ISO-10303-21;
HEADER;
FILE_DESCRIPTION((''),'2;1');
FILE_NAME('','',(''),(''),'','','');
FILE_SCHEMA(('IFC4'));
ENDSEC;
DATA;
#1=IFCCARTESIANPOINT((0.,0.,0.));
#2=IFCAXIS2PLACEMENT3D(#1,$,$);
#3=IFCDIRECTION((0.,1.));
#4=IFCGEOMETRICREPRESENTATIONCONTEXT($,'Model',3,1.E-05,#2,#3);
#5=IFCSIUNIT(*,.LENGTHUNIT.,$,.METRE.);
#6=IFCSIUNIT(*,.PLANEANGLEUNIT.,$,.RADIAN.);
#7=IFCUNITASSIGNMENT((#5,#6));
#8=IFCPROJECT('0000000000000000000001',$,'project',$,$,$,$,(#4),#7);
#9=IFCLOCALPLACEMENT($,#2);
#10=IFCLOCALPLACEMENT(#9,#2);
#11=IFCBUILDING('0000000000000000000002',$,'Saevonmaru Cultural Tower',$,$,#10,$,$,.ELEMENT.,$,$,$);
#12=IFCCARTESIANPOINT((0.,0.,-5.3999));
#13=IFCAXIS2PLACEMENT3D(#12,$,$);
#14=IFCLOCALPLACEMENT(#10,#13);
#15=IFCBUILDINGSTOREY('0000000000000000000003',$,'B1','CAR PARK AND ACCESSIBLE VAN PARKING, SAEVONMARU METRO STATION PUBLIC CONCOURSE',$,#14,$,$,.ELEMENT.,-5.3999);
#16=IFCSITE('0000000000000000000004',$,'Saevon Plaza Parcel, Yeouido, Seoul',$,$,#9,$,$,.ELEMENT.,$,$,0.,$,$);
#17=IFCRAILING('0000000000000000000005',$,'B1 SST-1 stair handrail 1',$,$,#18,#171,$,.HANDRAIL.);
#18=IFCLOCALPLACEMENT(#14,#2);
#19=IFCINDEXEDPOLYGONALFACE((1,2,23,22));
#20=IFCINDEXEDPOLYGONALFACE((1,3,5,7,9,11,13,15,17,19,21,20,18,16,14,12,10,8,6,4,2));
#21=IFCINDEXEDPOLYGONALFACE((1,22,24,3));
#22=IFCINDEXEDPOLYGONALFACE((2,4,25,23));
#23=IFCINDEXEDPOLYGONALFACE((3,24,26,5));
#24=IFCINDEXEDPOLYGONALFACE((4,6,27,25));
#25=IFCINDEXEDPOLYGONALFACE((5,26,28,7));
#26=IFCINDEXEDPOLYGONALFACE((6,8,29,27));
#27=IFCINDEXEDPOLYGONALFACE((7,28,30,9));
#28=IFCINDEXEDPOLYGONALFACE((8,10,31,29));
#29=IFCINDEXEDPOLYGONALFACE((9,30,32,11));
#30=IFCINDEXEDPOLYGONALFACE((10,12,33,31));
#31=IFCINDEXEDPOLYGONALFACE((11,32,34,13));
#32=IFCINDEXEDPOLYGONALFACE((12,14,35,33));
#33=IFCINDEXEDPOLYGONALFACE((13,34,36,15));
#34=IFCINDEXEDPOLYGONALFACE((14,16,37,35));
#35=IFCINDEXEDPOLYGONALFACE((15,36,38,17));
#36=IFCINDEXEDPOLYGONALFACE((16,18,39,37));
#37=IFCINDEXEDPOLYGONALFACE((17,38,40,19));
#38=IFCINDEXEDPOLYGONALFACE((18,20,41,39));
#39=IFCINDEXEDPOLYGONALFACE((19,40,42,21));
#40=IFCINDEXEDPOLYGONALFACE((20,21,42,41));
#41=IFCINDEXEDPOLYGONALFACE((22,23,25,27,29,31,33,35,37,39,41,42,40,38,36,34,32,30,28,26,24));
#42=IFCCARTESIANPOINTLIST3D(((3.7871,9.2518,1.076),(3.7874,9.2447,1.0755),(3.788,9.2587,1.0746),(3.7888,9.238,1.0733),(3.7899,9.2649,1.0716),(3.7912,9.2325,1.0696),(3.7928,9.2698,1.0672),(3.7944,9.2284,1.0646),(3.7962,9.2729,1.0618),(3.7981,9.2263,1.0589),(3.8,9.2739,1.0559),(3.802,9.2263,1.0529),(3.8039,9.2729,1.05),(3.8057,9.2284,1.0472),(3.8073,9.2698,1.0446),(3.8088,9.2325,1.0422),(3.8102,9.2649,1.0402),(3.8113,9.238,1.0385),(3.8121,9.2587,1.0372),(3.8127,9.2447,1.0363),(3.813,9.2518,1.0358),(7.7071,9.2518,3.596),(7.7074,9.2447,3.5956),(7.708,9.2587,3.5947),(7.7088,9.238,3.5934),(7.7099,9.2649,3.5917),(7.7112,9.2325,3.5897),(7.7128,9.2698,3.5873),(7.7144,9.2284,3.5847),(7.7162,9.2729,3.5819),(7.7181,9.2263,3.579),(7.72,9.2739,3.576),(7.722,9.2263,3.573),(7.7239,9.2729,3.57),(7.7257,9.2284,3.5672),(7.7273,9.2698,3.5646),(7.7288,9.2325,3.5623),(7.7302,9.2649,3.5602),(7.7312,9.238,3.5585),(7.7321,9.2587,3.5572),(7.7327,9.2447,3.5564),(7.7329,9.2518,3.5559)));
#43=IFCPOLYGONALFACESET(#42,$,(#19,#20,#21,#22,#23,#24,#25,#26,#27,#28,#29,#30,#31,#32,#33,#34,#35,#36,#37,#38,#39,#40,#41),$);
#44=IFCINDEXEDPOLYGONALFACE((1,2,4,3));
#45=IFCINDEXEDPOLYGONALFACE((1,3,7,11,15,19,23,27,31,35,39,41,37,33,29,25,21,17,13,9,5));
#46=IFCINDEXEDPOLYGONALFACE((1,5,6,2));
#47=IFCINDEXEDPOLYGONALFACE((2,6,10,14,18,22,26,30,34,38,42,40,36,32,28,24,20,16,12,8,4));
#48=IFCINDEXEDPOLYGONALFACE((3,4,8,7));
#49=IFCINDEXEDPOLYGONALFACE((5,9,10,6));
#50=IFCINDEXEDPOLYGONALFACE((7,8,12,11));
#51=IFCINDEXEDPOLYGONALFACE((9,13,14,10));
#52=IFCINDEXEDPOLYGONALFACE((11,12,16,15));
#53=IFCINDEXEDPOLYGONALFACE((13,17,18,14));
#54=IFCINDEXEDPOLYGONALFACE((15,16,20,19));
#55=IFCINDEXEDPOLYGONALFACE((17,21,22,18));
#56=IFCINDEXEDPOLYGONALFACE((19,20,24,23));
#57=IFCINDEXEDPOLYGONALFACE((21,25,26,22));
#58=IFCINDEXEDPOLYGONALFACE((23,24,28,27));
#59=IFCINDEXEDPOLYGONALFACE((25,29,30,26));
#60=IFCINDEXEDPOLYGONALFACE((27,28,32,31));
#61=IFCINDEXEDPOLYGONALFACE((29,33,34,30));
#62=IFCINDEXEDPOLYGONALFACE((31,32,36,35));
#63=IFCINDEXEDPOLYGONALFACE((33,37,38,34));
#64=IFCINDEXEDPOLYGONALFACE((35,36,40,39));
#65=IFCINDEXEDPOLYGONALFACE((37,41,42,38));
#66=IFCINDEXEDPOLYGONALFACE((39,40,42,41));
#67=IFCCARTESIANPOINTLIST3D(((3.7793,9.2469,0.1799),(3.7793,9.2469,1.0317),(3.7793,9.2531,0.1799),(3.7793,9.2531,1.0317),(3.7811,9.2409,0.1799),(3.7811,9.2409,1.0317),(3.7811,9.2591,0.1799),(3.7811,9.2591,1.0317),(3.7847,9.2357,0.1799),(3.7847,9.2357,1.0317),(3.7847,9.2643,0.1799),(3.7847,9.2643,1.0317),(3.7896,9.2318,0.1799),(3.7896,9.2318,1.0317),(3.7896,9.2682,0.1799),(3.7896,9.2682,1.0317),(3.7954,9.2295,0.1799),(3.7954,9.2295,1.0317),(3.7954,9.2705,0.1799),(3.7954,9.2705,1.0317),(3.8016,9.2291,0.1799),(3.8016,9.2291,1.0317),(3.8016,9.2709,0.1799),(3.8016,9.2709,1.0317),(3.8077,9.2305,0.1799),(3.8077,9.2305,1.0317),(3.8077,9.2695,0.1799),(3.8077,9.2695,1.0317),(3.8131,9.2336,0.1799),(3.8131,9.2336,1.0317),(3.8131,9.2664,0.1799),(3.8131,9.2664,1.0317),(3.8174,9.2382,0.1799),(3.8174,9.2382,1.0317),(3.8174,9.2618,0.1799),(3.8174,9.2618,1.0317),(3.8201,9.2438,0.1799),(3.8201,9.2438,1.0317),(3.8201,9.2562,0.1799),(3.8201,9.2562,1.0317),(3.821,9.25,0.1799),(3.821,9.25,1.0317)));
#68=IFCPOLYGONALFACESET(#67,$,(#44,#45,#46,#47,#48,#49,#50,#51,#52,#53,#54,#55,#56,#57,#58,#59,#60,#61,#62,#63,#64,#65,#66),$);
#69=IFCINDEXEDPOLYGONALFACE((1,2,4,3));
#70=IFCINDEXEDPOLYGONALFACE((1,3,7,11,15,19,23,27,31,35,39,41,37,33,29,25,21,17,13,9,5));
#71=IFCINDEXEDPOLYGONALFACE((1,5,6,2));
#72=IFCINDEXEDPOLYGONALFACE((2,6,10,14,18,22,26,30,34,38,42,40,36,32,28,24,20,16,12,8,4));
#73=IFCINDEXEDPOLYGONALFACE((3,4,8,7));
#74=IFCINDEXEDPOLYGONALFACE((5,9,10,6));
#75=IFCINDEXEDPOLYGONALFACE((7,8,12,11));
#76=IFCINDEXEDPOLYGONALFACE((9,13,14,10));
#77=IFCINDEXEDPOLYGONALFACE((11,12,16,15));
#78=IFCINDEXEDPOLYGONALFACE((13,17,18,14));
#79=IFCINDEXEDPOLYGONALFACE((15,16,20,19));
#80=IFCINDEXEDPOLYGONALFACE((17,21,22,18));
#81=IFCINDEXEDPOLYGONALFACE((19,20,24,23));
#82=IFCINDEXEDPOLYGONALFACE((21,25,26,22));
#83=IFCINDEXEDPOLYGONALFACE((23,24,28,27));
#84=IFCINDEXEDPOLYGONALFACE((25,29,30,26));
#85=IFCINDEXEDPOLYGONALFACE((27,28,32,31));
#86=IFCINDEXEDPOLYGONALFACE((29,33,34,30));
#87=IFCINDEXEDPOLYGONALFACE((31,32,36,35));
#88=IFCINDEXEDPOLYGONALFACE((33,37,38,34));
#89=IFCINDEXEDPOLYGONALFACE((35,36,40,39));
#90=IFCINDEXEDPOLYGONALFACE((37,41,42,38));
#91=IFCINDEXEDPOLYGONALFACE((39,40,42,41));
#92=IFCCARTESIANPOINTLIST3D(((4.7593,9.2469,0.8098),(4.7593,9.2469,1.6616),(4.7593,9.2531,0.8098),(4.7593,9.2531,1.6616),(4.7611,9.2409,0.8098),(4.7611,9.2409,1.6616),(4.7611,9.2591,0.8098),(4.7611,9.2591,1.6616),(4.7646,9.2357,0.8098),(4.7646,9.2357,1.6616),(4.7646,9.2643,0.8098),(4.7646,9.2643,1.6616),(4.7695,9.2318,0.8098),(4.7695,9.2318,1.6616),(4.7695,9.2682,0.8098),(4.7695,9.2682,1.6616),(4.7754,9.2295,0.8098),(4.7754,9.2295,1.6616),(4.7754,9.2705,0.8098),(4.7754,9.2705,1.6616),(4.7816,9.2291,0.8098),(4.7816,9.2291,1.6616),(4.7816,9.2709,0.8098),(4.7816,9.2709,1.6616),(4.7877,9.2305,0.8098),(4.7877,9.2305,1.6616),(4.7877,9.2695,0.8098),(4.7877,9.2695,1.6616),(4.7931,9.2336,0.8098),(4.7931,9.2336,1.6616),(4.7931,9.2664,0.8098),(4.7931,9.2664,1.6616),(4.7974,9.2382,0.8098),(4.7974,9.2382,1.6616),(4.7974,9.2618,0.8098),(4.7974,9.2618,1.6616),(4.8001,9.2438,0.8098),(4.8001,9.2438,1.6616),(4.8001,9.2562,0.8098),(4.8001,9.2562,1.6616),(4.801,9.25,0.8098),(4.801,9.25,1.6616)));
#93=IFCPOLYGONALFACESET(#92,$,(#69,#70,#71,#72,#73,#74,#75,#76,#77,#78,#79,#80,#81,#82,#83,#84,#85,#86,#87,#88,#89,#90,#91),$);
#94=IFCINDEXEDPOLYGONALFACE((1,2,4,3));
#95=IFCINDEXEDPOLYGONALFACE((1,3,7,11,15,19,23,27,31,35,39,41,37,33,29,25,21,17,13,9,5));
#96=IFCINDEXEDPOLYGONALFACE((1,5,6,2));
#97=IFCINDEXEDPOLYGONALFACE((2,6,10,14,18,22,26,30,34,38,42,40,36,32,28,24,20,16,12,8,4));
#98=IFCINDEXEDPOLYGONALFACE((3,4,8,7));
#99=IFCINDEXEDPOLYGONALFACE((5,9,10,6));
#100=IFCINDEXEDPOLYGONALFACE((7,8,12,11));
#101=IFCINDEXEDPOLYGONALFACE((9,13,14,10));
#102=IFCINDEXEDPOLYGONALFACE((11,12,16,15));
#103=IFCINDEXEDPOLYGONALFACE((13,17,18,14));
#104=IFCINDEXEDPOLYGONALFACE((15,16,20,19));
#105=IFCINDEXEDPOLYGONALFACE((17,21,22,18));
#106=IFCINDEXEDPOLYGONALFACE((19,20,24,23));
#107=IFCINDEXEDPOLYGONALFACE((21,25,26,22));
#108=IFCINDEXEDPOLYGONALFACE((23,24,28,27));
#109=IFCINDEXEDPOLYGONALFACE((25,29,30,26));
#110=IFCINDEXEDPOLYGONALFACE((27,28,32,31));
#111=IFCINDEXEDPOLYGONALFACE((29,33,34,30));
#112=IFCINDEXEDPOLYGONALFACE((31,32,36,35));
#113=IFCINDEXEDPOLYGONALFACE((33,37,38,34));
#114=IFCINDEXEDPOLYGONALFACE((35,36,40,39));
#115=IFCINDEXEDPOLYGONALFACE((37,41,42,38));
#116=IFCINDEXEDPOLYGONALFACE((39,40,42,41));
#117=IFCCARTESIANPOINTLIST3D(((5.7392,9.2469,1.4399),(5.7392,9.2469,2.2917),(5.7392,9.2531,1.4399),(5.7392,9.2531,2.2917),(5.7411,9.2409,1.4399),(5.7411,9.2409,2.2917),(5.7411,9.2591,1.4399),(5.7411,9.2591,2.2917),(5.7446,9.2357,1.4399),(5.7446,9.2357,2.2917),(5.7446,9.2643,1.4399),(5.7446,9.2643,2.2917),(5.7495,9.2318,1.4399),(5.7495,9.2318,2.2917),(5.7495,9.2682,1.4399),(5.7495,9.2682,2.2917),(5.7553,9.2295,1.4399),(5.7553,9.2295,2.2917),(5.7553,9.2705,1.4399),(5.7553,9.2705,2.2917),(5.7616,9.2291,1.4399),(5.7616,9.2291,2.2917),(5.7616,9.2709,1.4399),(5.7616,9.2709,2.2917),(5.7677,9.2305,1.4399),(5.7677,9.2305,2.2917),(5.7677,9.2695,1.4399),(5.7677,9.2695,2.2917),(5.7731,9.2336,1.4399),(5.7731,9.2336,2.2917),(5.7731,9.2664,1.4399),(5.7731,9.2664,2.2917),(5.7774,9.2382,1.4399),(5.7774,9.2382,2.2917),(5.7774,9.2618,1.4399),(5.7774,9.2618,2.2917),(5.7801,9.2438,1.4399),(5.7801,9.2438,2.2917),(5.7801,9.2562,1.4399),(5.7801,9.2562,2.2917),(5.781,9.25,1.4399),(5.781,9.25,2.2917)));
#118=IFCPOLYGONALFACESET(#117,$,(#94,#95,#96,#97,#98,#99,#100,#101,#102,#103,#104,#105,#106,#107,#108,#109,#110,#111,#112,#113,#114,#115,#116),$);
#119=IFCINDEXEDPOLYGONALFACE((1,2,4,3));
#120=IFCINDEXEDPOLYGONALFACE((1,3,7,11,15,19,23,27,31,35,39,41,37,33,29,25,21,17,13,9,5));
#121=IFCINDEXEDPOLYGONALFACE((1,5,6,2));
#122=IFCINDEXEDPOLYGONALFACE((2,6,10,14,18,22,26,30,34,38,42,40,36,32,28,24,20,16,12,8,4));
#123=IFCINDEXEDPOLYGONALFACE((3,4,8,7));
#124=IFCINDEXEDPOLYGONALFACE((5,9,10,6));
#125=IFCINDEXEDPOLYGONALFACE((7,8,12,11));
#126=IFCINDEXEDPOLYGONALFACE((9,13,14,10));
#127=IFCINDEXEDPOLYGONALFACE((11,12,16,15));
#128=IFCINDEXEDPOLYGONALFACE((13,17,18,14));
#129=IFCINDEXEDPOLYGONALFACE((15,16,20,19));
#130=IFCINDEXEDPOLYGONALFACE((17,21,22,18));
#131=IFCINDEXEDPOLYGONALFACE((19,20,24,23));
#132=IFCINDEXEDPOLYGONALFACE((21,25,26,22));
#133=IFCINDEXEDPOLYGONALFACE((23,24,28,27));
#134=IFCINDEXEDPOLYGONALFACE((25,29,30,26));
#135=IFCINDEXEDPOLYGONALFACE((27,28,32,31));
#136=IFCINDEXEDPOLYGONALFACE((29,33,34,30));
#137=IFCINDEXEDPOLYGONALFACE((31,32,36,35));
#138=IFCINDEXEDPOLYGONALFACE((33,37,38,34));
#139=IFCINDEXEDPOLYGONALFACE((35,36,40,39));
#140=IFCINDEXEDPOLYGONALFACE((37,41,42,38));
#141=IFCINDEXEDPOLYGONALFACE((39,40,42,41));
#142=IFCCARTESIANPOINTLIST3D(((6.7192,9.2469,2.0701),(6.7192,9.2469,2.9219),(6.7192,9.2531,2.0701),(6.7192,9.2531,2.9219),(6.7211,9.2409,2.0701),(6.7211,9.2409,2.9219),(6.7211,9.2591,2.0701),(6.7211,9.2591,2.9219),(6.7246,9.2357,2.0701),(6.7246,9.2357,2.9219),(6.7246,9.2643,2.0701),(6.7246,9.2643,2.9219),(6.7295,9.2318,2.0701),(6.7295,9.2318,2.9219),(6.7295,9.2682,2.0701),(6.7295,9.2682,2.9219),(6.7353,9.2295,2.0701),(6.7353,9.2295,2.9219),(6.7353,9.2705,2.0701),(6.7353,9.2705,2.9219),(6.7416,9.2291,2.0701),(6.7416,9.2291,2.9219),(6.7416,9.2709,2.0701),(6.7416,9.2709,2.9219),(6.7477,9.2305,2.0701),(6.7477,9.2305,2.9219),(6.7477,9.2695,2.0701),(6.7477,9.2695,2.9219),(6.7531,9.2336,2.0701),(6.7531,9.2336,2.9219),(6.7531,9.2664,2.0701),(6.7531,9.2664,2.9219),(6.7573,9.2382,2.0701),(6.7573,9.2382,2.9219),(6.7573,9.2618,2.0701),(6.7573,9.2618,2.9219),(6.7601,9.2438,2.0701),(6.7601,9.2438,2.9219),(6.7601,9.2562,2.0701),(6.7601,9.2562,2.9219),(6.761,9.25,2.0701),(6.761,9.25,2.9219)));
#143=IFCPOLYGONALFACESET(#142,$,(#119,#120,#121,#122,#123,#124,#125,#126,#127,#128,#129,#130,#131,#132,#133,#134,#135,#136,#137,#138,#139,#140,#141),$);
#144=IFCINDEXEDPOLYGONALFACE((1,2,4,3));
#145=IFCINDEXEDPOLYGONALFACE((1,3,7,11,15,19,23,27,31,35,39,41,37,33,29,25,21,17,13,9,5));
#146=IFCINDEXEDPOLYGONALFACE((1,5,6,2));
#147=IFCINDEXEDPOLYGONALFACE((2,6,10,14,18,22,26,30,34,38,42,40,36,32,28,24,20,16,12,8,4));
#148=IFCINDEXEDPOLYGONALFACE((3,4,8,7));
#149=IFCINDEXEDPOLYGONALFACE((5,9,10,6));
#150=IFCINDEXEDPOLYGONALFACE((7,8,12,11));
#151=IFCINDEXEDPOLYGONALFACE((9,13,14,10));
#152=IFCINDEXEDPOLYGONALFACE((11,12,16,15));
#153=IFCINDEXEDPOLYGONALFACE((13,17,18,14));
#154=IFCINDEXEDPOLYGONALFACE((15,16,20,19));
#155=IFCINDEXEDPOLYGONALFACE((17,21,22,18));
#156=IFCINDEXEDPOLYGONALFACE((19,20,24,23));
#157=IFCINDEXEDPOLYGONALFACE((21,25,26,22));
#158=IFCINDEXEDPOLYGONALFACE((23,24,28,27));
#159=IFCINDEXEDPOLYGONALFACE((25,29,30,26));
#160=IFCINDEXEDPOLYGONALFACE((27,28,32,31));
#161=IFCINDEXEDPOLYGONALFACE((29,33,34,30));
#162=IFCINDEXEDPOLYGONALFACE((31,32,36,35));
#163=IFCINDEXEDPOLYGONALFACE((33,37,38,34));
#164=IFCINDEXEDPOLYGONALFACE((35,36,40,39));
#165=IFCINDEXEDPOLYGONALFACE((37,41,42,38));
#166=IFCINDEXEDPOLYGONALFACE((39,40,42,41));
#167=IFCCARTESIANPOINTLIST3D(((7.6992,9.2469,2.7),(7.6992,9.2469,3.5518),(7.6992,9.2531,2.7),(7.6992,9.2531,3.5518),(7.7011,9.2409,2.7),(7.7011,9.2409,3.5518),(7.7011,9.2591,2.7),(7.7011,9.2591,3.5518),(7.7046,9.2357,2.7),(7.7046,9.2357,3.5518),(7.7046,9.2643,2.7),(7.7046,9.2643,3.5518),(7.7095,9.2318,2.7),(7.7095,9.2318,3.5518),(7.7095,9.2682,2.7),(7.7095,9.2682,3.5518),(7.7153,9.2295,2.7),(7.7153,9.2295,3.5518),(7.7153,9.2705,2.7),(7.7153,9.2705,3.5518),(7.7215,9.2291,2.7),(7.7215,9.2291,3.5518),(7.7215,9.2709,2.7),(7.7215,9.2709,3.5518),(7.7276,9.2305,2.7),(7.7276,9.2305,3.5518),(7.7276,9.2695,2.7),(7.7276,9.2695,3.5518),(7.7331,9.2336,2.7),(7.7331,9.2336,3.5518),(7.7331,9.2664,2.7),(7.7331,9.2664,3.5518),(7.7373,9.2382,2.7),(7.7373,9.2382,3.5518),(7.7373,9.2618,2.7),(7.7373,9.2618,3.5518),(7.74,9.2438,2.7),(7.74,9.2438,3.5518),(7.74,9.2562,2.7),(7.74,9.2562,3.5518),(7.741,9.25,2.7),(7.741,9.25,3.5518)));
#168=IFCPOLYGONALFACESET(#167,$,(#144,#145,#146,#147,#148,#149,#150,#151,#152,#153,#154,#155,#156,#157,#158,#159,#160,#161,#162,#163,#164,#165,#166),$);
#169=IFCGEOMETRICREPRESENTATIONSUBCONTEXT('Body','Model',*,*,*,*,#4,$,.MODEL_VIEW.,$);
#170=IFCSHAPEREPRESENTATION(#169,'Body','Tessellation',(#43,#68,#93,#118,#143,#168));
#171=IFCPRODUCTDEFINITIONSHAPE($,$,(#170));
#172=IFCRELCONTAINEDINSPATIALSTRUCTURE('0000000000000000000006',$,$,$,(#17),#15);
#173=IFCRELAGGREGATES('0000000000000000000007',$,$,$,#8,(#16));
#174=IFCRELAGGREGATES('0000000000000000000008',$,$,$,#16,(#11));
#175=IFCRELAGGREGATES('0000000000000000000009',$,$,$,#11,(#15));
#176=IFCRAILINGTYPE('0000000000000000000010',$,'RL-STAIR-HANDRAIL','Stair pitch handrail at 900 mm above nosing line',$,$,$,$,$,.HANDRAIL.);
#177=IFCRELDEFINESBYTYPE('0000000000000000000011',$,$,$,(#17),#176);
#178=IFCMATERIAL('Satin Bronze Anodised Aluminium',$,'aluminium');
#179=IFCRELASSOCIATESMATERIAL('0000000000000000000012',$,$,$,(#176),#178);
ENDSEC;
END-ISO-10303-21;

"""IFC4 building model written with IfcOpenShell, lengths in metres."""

from ifc_helpers import new_model, si_unit, direction, frame, origin, origin_2d, place, context, subcontext, project, spatial, circle, extrude, material, type_object, element, save


model = new_model("IFC4")

# Units and contexts
model_context = context("Model", 3, precision=1e-05, world=origin(), true_north=direction((0.0, 1.0)))
body_context = subcontext(model_context, "Body", "Model", "MODEL_VIEW")
ifc_project = project(units=[si_unit("LENGTHUNIT", "METRE"), si_unit("PLANEANGLEUNIT", "RADIAN")], contexts=[model_context])

# Site, building, storey
site_placement = place(None, origin())
site = spatial("IfcSite", under=ifc_project, at=site_placement, Name="Saevon Plaza Parcel, Yeouido, Seoul", CompositionType="ELEMENT", RefElevation=0.0)
building_placement = place(site_placement, origin())
building = spatial("IfcBuilding", under=site, at=building_placement, Name="Saevonmaru Cultural Tower", CompositionType="ELEMENT")
storey_placement = place(building_placement, frame((0.0, 0.0, -5.3999)))
storey = spatial("IfcBuildingStorey", under=building, at=storey_placement, Name="B1", Description="CAR PARK AND ACCESSIBLE VAN PARKING, SAEVONMARU METRO STATION PUBLIC CONCOURSE", CompositionType="ELEMENT", Elevation=-5.3999)

# Railing
ifc_material_1 = material(Name="Satin Bronze Anodised Aluminium", Category="aluminium")
railing_type_1 = type_object("IfcRailingType", Name="RL-STAIR-HANDRAIL", Description="Stair pitch handrail at 900 mm above nosing line", PredefinedType="HANDRAIL", material=ifc_material_1)
railing_1_placement = place(storey_placement, frame((3.8, 9.25, 0.1799)))
element("IfcRailing", 1, at=railing_1_placement, inside=storey, type_object=railing_type_1, Name="B1 SST-1 stair handrail 1", PredefinedType="HANDRAIL", context=body_context, shape_type="SweptSolid", body=[
    extrude(circle(Radius=0.0239, at=origin_2d()), frame((0.0, 0.0, 0.876), z_axis=(0.841172, 0.0, 0.540768), x_axis=(0.0, 1.0, 0.0)), (0.0, 0.0, 1.0), 4.6602),
    extrude(circle(Radius=0.021, at=origin_2d()), origin(), (0.0, 0.0, 1.0), 0.8518),
    extrude(circle(Radius=0.021, at=origin_2d()), frame((0.98, 0.0, 0.6299)), (0.0, 0.0, 1.0), 0.8518),
    extrude(circle(Radius=0.021, at=origin_2d()), frame((1.96, 0.0, 1.26)), (0.0, 0.0, 1.0), 0.8518),
    extrude(circle(Radius=0.021, at=origin_2d()), frame((2.9399, 0.0, 1.8901)), (0.0, 0.0, 1.0), 0.8518),
    extrude(circle(Radius=0.021, at=origin_2d()), frame((3.9199, 0.0, 2.52)), (0.0, 0.0, 1.0), 0.8518),
])

save(model, "model.ifc")
